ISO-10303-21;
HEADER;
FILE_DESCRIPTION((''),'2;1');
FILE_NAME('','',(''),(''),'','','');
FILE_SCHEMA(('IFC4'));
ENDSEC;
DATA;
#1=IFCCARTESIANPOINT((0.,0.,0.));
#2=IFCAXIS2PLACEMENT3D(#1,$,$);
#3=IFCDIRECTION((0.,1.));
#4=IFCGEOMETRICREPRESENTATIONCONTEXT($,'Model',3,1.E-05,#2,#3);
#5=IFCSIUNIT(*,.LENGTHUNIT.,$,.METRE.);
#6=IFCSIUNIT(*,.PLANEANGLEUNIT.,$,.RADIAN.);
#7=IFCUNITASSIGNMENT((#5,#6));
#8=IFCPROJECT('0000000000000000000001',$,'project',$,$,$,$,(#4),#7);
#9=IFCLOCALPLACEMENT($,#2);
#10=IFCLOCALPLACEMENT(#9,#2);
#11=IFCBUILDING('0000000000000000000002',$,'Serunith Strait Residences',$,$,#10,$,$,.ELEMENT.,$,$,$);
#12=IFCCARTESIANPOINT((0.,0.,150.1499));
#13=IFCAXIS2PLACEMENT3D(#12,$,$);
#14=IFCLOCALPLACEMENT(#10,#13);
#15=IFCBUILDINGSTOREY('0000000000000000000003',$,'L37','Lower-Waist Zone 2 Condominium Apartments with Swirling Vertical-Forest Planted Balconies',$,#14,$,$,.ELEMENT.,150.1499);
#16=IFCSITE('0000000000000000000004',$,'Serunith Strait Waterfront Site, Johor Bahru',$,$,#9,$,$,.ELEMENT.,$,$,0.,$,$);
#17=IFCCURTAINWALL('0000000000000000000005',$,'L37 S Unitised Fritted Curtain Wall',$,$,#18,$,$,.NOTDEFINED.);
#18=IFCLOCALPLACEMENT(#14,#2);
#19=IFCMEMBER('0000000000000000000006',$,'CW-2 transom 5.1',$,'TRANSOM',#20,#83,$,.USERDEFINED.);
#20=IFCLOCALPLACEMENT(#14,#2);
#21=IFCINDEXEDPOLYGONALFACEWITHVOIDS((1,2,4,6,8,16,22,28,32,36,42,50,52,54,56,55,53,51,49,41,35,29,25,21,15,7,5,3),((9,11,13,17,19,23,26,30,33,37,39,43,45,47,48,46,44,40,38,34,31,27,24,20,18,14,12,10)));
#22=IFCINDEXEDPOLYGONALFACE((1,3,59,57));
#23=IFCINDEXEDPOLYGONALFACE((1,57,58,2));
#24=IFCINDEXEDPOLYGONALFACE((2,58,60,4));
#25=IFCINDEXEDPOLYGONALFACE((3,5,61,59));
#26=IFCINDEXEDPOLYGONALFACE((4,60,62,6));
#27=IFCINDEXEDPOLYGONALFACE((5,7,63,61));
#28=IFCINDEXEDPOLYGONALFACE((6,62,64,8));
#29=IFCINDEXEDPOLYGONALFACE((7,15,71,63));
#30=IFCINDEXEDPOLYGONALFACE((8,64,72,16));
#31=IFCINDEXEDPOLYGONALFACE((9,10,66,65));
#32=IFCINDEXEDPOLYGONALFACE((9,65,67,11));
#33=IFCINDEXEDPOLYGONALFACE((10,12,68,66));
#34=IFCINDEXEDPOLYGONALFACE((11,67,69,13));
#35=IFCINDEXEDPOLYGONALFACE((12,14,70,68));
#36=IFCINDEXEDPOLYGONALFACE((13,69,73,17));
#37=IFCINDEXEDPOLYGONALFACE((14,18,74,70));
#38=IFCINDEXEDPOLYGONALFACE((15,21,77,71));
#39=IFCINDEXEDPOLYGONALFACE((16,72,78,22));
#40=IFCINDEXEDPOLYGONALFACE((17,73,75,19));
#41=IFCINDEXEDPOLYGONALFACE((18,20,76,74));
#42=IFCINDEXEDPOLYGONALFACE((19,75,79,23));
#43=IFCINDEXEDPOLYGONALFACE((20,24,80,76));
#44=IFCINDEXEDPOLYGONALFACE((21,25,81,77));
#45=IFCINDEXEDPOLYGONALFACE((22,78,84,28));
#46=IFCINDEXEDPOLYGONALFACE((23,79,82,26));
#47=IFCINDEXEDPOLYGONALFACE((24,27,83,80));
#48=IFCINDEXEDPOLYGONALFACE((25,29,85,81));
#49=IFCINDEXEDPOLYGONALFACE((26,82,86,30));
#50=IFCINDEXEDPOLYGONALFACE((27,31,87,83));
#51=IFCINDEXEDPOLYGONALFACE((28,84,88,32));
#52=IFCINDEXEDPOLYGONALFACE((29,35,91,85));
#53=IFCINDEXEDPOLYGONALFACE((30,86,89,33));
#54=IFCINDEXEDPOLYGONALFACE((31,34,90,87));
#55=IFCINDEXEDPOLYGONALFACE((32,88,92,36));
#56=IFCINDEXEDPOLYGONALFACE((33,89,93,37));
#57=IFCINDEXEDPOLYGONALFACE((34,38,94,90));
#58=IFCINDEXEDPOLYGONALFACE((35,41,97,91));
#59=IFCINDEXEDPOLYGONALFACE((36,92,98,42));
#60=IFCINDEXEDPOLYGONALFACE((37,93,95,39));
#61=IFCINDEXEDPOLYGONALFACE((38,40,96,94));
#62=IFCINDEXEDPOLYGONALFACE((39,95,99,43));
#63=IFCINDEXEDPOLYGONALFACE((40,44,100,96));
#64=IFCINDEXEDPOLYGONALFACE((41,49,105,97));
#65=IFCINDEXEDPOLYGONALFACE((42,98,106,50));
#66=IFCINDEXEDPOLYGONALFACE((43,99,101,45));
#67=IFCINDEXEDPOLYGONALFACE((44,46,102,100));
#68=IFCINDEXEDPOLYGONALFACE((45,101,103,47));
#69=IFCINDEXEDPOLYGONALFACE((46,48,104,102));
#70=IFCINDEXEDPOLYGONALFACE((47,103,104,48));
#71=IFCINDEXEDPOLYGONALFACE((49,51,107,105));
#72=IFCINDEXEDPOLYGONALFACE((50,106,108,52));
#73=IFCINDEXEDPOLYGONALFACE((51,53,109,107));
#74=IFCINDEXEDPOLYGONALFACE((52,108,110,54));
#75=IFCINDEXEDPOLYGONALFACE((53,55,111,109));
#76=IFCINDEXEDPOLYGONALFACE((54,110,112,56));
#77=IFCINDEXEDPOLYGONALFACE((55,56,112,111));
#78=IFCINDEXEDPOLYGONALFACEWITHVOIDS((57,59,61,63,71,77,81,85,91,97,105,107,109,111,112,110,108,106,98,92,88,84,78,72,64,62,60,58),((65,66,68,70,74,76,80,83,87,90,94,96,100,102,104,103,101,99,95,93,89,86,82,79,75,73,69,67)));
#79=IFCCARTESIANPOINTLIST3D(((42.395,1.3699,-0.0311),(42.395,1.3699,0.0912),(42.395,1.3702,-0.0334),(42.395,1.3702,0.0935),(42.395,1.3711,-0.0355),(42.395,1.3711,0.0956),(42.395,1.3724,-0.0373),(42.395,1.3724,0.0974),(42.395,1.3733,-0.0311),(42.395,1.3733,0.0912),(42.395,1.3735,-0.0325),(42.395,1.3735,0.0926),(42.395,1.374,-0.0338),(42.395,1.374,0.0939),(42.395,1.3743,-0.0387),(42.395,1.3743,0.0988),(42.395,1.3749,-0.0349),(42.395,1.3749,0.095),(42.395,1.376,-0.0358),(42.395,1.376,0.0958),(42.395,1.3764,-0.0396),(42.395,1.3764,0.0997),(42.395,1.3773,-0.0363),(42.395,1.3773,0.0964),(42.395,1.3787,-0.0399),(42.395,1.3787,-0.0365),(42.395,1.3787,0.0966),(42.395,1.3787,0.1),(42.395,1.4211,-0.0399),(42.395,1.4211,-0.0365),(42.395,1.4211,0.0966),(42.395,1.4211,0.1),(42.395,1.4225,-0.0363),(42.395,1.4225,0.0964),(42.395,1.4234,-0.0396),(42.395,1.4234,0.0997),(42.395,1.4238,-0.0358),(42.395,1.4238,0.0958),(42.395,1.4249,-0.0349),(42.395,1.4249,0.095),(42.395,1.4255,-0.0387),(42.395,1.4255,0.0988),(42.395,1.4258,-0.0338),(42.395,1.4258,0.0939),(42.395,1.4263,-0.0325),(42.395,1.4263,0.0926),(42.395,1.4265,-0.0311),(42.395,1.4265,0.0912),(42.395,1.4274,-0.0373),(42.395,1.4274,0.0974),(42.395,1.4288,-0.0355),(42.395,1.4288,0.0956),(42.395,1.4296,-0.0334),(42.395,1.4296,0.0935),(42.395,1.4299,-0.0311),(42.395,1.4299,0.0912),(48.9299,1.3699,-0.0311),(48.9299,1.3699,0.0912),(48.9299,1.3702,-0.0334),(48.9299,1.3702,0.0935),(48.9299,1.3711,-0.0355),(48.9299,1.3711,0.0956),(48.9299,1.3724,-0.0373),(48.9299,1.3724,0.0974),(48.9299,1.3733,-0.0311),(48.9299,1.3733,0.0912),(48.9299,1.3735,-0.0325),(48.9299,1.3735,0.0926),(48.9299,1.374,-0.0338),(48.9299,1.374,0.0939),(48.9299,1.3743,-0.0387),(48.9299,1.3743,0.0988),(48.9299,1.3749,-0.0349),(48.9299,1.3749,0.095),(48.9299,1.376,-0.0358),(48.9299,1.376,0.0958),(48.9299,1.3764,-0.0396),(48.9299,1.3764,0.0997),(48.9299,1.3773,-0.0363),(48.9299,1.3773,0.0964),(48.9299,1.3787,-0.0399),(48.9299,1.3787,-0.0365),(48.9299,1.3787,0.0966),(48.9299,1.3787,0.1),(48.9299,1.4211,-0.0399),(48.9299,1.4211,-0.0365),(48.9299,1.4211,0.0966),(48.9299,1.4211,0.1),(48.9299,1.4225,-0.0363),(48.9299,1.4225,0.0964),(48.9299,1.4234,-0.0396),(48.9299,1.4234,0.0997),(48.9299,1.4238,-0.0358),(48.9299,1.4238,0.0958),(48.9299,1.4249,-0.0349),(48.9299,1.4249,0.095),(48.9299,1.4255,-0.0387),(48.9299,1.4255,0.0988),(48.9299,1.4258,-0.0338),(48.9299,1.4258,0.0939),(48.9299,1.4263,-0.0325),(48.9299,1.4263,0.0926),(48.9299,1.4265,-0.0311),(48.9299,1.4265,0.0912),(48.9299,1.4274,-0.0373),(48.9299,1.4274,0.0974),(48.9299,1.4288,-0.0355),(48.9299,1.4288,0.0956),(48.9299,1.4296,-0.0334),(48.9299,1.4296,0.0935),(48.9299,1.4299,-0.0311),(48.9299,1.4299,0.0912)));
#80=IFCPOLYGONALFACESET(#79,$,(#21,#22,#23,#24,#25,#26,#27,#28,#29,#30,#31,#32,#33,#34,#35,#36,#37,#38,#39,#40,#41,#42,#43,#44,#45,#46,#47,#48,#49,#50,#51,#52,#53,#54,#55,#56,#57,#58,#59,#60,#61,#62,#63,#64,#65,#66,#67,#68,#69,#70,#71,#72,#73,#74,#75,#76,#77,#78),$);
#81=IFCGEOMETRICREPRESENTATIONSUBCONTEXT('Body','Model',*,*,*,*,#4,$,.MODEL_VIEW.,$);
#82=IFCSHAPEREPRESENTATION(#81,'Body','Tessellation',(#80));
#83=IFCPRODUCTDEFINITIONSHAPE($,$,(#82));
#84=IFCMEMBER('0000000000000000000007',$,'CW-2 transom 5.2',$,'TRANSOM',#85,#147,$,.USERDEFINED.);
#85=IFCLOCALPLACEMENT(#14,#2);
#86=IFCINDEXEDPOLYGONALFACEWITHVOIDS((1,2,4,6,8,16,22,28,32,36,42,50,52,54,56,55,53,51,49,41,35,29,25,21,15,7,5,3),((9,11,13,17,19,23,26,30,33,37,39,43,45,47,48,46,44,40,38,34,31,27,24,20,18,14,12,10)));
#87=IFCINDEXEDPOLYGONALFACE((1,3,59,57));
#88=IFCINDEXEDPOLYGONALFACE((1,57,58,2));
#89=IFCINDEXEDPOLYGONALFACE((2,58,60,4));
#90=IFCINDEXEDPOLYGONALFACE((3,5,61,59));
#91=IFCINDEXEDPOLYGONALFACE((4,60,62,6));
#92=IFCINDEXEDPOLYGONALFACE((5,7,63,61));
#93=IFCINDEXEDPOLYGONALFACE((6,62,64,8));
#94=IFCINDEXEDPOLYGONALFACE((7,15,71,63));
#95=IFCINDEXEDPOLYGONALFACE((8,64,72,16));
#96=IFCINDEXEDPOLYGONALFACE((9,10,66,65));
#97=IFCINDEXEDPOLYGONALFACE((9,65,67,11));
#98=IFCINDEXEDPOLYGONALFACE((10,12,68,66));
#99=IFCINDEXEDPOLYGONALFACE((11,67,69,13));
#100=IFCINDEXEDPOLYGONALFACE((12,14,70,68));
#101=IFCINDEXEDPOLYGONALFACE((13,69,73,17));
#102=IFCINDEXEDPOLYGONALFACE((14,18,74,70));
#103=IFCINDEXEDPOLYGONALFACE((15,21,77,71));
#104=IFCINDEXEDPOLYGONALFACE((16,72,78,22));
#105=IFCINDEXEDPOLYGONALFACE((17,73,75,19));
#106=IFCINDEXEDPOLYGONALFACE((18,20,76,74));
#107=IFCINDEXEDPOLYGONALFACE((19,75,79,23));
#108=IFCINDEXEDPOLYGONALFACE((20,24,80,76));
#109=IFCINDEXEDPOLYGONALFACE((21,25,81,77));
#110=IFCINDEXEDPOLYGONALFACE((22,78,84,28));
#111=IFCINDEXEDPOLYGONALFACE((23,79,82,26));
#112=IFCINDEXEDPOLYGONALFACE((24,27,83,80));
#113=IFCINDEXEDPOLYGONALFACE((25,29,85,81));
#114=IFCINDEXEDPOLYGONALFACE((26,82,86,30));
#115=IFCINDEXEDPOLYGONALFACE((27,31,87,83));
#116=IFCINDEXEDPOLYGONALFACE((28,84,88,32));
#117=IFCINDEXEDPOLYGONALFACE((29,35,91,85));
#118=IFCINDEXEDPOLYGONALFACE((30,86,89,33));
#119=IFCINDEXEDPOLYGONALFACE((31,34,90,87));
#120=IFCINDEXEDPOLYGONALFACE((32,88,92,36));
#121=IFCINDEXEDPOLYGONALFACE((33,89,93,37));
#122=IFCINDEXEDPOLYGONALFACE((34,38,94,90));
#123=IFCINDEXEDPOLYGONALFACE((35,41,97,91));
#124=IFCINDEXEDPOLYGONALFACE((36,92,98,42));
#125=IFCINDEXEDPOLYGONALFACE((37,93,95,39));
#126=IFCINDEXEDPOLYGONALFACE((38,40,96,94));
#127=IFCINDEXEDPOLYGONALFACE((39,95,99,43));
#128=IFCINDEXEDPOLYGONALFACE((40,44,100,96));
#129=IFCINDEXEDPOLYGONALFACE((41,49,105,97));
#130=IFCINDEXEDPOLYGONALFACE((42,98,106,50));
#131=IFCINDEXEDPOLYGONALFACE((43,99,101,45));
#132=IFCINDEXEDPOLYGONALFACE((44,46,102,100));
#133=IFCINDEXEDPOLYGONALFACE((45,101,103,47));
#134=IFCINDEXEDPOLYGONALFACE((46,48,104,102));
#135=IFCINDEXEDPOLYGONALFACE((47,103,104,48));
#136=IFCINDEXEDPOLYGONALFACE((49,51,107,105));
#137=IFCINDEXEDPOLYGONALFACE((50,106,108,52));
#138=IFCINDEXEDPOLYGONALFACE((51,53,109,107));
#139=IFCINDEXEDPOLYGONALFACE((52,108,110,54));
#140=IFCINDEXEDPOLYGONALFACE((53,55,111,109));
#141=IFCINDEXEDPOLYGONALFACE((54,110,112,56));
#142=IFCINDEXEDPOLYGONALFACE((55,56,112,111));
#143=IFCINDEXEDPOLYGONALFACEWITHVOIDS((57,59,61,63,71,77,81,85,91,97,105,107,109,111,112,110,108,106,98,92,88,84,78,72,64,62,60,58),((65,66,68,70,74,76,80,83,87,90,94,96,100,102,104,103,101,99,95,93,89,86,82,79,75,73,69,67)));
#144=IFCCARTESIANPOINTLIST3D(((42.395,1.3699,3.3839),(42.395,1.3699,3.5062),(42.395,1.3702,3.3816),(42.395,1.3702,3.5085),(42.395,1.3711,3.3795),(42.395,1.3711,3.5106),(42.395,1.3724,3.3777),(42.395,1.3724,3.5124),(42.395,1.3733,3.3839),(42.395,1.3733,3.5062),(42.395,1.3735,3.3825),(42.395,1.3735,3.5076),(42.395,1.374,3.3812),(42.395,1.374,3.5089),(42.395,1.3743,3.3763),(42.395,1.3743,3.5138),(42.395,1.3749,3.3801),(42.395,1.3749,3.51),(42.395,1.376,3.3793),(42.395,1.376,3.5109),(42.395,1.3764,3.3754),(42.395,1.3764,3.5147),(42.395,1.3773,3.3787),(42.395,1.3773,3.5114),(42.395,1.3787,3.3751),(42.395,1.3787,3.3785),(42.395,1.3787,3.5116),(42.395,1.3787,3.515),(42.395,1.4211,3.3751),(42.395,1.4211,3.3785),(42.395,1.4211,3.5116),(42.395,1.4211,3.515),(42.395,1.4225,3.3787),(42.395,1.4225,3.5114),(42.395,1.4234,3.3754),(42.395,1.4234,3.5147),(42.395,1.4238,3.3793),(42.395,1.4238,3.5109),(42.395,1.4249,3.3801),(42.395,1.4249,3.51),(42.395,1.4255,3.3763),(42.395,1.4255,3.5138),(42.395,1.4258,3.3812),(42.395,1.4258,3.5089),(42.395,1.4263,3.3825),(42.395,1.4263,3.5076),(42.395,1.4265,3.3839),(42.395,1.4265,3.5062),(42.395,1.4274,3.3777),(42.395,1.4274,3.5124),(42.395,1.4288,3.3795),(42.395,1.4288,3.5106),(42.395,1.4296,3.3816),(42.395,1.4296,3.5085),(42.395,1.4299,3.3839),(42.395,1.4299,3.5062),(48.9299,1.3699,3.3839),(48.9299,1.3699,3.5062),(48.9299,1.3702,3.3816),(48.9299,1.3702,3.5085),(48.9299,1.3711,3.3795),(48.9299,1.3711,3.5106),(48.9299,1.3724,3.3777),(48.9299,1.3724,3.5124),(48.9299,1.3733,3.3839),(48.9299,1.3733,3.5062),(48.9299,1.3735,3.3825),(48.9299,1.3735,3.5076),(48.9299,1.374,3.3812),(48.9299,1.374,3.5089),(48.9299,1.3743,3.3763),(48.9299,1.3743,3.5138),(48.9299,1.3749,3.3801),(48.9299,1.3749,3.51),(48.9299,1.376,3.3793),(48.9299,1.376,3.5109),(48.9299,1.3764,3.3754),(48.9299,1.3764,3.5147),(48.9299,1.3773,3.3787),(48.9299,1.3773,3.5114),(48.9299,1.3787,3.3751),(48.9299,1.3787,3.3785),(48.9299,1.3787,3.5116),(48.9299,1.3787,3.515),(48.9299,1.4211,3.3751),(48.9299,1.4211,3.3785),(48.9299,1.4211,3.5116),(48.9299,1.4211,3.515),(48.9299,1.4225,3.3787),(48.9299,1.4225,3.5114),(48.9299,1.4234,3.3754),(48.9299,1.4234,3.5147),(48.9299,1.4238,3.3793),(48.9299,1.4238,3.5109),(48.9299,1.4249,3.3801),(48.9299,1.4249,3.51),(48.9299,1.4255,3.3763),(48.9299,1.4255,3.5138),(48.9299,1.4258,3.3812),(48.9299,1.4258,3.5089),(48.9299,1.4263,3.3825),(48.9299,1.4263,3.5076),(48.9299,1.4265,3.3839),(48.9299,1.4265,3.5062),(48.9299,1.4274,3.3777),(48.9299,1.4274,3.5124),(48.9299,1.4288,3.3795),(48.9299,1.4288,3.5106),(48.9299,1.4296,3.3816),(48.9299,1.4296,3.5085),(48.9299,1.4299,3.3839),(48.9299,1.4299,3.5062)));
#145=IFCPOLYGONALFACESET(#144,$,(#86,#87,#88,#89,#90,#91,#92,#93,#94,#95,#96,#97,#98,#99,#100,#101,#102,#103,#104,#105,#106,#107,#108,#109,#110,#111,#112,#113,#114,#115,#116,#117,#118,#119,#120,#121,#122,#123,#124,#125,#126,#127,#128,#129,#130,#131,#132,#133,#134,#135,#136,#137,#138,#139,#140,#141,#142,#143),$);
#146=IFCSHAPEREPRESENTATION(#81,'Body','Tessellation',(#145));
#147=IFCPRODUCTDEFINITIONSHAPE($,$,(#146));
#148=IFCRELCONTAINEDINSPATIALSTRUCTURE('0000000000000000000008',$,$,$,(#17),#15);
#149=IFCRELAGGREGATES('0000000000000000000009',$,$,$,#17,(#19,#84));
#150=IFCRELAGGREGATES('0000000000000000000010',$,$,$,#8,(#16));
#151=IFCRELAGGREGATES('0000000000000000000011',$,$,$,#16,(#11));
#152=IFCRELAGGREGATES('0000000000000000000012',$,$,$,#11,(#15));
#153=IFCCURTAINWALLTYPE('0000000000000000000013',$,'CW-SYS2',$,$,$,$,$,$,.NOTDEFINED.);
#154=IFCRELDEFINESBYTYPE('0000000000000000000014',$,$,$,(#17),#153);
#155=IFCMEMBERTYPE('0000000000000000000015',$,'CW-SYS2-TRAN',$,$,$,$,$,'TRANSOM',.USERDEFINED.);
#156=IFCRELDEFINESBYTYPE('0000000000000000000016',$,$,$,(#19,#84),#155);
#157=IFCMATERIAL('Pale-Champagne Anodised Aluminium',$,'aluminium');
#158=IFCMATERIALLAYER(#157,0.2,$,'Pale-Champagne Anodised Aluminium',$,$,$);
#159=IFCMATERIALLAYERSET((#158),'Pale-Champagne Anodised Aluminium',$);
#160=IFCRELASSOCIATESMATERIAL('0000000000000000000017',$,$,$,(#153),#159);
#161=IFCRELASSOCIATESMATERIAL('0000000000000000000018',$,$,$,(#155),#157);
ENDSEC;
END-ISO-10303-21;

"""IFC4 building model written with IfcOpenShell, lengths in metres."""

from ifc_helpers import new_model, si_unit, direction, frame, origin, origin_2d, place, context, subcontext, project, spatial, hollow_rectangle, extrude, source, transform, mapped, material, layer, layer_set, material_profile, profile_set, type_object, element, aggregate, save


model = new_model("IFC4")

# Units and contexts
model_context = context("Model", 3, precision=1e-05, world=origin(), true_north=direction((0.0, 1.0)))
body_context = subcontext(model_context, "Body", "Model", "MODEL_VIEW")
ifc_project = project(units=[si_unit("LENGTHUNIT", "METRE"), si_unit("PLANEANGLEUNIT", "RADIAN")], contexts=[model_context])

# Site, building, storey
site_placement = place(None, origin())
site = spatial("IfcSite", under=ifc_project, at=site_placement, Name="Serunith Strait Waterfront Site, Johor Bahru", CompositionType="ELEMENT", RefElevation=0.0)
building_placement = place(site_placement, origin())
building = spatial("IfcBuilding", under=site, at=building_placement, Name="Serunith Strait Residences", CompositionType="ELEMENT")
storey_placement = place(building_placement, frame((0.0, 0.0, 150.1499)))
storey = spatial("IfcBuildingStorey", under=building, at=storey_placement, Name="L37", Description="Lower-Waist Zone 2 Condominium Apartments with Swirling Vertical-Forest Planted Balconies", CompositionType="ELEMENT", Elevation=150.1499)

# Curtain wall, members
ifc_material_1 = material(Name="Pale-Champagne Anodised Aluminium", Category="aluminium")
ifc_layer_1 = layer(ifc_material_1, 0.2, Name="Pale-Champagne Anodised Aluminium")
ifc_layer_set_1 = layer_set([ifc_layer_1], Name="Pale-Champagne Anodised Aluminium")
curtain_wall_type = type_object("IfcCurtainWallType", Name="CW-SYS2", PredefinedType="NOTDEFINED", material=ifc_layer_set_1)
curtain_wall_placement = place(storey_placement, origin())
curtain_wall = element("IfcCurtainWall", 1, at=curtain_wall_placement, inside=storey, type_object=curtain_wall_type, Name="L37 S Unitised Fritted Curtain Wall", PredefinedType="NOTDEFINED")
ifc_material_profile_1 = material_profile(ifc_material_1, hollow_rectangle(XDim=0.0601, YDim=0.1399, WallThickness=0.0034, InnerFilletRadius=0.0054, OuterFilletRadius=0.0088, at=origin_2d()), Name="ALU 140x60x3.5")
ifc_profile_set_1 = profile_set([ifc_material_profile_1], Name="Pale-Champagne Anodised Aluminium")
member_type_1 = type_object("IfcMemberType", Name="CW-SYS2-TRAN", ElementType="TRANSOM", PredefinedType="USERDEFINED", material=ifc_profile_set_1)
shared_shape_1 = source(origin(), body_context, "Body", "SweptSolid", [
    extrude(hollow_rectangle(XDim=0.0601, YDim=0.1399, WallThickness=0.0034, InnerFilletRadius=0.0054, OuterFilletRadius=0.0088, at=origin_2d()), origin(), (0.0, 0.0, 1.0), 6.5349),
])
member_1_placement = place(storey_placement, frame((42.395, 1.3999, 0.03), z_axis=(1.0, 0.0, 0.0), x_axis=(0.0, 1.0, 0.0)))
member_1 = element("IfcMember", 2, at=member_1_placement, type_object=member_type_1, Name="CW-2 transom 5.1", ObjectType="TRANSOM", PredefinedType="USERDEFINED", context=body_context, shape_type="MappedRepresentation", body=[
    mapped(shared_shape_1, transform((0.0, 0.0, 0.0), scale=1.0)),
])
member_2_placement = place(storey_placement, frame((42.395, 1.3999, 3.4451), z_axis=(1.0, 0.0, 0.0), x_axis=(0.0, 1.0, 0.0)))
member_2 = element("IfcMember", 3, at=member_2_placement, type_object=member_type_1, Name="CW-2 transom 5.2", ObjectType="TRANSOM", PredefinedType="USERDEFINED", context=body_context, shape_type="MappedRepresentation", body=[
    mapped(shared_shape_1, transform((0.0, 0.0, 0.0), scale=1.0)),
])
aggregate(curtain_wall, [member_1, member_2])

save(model, "model.ifc")
